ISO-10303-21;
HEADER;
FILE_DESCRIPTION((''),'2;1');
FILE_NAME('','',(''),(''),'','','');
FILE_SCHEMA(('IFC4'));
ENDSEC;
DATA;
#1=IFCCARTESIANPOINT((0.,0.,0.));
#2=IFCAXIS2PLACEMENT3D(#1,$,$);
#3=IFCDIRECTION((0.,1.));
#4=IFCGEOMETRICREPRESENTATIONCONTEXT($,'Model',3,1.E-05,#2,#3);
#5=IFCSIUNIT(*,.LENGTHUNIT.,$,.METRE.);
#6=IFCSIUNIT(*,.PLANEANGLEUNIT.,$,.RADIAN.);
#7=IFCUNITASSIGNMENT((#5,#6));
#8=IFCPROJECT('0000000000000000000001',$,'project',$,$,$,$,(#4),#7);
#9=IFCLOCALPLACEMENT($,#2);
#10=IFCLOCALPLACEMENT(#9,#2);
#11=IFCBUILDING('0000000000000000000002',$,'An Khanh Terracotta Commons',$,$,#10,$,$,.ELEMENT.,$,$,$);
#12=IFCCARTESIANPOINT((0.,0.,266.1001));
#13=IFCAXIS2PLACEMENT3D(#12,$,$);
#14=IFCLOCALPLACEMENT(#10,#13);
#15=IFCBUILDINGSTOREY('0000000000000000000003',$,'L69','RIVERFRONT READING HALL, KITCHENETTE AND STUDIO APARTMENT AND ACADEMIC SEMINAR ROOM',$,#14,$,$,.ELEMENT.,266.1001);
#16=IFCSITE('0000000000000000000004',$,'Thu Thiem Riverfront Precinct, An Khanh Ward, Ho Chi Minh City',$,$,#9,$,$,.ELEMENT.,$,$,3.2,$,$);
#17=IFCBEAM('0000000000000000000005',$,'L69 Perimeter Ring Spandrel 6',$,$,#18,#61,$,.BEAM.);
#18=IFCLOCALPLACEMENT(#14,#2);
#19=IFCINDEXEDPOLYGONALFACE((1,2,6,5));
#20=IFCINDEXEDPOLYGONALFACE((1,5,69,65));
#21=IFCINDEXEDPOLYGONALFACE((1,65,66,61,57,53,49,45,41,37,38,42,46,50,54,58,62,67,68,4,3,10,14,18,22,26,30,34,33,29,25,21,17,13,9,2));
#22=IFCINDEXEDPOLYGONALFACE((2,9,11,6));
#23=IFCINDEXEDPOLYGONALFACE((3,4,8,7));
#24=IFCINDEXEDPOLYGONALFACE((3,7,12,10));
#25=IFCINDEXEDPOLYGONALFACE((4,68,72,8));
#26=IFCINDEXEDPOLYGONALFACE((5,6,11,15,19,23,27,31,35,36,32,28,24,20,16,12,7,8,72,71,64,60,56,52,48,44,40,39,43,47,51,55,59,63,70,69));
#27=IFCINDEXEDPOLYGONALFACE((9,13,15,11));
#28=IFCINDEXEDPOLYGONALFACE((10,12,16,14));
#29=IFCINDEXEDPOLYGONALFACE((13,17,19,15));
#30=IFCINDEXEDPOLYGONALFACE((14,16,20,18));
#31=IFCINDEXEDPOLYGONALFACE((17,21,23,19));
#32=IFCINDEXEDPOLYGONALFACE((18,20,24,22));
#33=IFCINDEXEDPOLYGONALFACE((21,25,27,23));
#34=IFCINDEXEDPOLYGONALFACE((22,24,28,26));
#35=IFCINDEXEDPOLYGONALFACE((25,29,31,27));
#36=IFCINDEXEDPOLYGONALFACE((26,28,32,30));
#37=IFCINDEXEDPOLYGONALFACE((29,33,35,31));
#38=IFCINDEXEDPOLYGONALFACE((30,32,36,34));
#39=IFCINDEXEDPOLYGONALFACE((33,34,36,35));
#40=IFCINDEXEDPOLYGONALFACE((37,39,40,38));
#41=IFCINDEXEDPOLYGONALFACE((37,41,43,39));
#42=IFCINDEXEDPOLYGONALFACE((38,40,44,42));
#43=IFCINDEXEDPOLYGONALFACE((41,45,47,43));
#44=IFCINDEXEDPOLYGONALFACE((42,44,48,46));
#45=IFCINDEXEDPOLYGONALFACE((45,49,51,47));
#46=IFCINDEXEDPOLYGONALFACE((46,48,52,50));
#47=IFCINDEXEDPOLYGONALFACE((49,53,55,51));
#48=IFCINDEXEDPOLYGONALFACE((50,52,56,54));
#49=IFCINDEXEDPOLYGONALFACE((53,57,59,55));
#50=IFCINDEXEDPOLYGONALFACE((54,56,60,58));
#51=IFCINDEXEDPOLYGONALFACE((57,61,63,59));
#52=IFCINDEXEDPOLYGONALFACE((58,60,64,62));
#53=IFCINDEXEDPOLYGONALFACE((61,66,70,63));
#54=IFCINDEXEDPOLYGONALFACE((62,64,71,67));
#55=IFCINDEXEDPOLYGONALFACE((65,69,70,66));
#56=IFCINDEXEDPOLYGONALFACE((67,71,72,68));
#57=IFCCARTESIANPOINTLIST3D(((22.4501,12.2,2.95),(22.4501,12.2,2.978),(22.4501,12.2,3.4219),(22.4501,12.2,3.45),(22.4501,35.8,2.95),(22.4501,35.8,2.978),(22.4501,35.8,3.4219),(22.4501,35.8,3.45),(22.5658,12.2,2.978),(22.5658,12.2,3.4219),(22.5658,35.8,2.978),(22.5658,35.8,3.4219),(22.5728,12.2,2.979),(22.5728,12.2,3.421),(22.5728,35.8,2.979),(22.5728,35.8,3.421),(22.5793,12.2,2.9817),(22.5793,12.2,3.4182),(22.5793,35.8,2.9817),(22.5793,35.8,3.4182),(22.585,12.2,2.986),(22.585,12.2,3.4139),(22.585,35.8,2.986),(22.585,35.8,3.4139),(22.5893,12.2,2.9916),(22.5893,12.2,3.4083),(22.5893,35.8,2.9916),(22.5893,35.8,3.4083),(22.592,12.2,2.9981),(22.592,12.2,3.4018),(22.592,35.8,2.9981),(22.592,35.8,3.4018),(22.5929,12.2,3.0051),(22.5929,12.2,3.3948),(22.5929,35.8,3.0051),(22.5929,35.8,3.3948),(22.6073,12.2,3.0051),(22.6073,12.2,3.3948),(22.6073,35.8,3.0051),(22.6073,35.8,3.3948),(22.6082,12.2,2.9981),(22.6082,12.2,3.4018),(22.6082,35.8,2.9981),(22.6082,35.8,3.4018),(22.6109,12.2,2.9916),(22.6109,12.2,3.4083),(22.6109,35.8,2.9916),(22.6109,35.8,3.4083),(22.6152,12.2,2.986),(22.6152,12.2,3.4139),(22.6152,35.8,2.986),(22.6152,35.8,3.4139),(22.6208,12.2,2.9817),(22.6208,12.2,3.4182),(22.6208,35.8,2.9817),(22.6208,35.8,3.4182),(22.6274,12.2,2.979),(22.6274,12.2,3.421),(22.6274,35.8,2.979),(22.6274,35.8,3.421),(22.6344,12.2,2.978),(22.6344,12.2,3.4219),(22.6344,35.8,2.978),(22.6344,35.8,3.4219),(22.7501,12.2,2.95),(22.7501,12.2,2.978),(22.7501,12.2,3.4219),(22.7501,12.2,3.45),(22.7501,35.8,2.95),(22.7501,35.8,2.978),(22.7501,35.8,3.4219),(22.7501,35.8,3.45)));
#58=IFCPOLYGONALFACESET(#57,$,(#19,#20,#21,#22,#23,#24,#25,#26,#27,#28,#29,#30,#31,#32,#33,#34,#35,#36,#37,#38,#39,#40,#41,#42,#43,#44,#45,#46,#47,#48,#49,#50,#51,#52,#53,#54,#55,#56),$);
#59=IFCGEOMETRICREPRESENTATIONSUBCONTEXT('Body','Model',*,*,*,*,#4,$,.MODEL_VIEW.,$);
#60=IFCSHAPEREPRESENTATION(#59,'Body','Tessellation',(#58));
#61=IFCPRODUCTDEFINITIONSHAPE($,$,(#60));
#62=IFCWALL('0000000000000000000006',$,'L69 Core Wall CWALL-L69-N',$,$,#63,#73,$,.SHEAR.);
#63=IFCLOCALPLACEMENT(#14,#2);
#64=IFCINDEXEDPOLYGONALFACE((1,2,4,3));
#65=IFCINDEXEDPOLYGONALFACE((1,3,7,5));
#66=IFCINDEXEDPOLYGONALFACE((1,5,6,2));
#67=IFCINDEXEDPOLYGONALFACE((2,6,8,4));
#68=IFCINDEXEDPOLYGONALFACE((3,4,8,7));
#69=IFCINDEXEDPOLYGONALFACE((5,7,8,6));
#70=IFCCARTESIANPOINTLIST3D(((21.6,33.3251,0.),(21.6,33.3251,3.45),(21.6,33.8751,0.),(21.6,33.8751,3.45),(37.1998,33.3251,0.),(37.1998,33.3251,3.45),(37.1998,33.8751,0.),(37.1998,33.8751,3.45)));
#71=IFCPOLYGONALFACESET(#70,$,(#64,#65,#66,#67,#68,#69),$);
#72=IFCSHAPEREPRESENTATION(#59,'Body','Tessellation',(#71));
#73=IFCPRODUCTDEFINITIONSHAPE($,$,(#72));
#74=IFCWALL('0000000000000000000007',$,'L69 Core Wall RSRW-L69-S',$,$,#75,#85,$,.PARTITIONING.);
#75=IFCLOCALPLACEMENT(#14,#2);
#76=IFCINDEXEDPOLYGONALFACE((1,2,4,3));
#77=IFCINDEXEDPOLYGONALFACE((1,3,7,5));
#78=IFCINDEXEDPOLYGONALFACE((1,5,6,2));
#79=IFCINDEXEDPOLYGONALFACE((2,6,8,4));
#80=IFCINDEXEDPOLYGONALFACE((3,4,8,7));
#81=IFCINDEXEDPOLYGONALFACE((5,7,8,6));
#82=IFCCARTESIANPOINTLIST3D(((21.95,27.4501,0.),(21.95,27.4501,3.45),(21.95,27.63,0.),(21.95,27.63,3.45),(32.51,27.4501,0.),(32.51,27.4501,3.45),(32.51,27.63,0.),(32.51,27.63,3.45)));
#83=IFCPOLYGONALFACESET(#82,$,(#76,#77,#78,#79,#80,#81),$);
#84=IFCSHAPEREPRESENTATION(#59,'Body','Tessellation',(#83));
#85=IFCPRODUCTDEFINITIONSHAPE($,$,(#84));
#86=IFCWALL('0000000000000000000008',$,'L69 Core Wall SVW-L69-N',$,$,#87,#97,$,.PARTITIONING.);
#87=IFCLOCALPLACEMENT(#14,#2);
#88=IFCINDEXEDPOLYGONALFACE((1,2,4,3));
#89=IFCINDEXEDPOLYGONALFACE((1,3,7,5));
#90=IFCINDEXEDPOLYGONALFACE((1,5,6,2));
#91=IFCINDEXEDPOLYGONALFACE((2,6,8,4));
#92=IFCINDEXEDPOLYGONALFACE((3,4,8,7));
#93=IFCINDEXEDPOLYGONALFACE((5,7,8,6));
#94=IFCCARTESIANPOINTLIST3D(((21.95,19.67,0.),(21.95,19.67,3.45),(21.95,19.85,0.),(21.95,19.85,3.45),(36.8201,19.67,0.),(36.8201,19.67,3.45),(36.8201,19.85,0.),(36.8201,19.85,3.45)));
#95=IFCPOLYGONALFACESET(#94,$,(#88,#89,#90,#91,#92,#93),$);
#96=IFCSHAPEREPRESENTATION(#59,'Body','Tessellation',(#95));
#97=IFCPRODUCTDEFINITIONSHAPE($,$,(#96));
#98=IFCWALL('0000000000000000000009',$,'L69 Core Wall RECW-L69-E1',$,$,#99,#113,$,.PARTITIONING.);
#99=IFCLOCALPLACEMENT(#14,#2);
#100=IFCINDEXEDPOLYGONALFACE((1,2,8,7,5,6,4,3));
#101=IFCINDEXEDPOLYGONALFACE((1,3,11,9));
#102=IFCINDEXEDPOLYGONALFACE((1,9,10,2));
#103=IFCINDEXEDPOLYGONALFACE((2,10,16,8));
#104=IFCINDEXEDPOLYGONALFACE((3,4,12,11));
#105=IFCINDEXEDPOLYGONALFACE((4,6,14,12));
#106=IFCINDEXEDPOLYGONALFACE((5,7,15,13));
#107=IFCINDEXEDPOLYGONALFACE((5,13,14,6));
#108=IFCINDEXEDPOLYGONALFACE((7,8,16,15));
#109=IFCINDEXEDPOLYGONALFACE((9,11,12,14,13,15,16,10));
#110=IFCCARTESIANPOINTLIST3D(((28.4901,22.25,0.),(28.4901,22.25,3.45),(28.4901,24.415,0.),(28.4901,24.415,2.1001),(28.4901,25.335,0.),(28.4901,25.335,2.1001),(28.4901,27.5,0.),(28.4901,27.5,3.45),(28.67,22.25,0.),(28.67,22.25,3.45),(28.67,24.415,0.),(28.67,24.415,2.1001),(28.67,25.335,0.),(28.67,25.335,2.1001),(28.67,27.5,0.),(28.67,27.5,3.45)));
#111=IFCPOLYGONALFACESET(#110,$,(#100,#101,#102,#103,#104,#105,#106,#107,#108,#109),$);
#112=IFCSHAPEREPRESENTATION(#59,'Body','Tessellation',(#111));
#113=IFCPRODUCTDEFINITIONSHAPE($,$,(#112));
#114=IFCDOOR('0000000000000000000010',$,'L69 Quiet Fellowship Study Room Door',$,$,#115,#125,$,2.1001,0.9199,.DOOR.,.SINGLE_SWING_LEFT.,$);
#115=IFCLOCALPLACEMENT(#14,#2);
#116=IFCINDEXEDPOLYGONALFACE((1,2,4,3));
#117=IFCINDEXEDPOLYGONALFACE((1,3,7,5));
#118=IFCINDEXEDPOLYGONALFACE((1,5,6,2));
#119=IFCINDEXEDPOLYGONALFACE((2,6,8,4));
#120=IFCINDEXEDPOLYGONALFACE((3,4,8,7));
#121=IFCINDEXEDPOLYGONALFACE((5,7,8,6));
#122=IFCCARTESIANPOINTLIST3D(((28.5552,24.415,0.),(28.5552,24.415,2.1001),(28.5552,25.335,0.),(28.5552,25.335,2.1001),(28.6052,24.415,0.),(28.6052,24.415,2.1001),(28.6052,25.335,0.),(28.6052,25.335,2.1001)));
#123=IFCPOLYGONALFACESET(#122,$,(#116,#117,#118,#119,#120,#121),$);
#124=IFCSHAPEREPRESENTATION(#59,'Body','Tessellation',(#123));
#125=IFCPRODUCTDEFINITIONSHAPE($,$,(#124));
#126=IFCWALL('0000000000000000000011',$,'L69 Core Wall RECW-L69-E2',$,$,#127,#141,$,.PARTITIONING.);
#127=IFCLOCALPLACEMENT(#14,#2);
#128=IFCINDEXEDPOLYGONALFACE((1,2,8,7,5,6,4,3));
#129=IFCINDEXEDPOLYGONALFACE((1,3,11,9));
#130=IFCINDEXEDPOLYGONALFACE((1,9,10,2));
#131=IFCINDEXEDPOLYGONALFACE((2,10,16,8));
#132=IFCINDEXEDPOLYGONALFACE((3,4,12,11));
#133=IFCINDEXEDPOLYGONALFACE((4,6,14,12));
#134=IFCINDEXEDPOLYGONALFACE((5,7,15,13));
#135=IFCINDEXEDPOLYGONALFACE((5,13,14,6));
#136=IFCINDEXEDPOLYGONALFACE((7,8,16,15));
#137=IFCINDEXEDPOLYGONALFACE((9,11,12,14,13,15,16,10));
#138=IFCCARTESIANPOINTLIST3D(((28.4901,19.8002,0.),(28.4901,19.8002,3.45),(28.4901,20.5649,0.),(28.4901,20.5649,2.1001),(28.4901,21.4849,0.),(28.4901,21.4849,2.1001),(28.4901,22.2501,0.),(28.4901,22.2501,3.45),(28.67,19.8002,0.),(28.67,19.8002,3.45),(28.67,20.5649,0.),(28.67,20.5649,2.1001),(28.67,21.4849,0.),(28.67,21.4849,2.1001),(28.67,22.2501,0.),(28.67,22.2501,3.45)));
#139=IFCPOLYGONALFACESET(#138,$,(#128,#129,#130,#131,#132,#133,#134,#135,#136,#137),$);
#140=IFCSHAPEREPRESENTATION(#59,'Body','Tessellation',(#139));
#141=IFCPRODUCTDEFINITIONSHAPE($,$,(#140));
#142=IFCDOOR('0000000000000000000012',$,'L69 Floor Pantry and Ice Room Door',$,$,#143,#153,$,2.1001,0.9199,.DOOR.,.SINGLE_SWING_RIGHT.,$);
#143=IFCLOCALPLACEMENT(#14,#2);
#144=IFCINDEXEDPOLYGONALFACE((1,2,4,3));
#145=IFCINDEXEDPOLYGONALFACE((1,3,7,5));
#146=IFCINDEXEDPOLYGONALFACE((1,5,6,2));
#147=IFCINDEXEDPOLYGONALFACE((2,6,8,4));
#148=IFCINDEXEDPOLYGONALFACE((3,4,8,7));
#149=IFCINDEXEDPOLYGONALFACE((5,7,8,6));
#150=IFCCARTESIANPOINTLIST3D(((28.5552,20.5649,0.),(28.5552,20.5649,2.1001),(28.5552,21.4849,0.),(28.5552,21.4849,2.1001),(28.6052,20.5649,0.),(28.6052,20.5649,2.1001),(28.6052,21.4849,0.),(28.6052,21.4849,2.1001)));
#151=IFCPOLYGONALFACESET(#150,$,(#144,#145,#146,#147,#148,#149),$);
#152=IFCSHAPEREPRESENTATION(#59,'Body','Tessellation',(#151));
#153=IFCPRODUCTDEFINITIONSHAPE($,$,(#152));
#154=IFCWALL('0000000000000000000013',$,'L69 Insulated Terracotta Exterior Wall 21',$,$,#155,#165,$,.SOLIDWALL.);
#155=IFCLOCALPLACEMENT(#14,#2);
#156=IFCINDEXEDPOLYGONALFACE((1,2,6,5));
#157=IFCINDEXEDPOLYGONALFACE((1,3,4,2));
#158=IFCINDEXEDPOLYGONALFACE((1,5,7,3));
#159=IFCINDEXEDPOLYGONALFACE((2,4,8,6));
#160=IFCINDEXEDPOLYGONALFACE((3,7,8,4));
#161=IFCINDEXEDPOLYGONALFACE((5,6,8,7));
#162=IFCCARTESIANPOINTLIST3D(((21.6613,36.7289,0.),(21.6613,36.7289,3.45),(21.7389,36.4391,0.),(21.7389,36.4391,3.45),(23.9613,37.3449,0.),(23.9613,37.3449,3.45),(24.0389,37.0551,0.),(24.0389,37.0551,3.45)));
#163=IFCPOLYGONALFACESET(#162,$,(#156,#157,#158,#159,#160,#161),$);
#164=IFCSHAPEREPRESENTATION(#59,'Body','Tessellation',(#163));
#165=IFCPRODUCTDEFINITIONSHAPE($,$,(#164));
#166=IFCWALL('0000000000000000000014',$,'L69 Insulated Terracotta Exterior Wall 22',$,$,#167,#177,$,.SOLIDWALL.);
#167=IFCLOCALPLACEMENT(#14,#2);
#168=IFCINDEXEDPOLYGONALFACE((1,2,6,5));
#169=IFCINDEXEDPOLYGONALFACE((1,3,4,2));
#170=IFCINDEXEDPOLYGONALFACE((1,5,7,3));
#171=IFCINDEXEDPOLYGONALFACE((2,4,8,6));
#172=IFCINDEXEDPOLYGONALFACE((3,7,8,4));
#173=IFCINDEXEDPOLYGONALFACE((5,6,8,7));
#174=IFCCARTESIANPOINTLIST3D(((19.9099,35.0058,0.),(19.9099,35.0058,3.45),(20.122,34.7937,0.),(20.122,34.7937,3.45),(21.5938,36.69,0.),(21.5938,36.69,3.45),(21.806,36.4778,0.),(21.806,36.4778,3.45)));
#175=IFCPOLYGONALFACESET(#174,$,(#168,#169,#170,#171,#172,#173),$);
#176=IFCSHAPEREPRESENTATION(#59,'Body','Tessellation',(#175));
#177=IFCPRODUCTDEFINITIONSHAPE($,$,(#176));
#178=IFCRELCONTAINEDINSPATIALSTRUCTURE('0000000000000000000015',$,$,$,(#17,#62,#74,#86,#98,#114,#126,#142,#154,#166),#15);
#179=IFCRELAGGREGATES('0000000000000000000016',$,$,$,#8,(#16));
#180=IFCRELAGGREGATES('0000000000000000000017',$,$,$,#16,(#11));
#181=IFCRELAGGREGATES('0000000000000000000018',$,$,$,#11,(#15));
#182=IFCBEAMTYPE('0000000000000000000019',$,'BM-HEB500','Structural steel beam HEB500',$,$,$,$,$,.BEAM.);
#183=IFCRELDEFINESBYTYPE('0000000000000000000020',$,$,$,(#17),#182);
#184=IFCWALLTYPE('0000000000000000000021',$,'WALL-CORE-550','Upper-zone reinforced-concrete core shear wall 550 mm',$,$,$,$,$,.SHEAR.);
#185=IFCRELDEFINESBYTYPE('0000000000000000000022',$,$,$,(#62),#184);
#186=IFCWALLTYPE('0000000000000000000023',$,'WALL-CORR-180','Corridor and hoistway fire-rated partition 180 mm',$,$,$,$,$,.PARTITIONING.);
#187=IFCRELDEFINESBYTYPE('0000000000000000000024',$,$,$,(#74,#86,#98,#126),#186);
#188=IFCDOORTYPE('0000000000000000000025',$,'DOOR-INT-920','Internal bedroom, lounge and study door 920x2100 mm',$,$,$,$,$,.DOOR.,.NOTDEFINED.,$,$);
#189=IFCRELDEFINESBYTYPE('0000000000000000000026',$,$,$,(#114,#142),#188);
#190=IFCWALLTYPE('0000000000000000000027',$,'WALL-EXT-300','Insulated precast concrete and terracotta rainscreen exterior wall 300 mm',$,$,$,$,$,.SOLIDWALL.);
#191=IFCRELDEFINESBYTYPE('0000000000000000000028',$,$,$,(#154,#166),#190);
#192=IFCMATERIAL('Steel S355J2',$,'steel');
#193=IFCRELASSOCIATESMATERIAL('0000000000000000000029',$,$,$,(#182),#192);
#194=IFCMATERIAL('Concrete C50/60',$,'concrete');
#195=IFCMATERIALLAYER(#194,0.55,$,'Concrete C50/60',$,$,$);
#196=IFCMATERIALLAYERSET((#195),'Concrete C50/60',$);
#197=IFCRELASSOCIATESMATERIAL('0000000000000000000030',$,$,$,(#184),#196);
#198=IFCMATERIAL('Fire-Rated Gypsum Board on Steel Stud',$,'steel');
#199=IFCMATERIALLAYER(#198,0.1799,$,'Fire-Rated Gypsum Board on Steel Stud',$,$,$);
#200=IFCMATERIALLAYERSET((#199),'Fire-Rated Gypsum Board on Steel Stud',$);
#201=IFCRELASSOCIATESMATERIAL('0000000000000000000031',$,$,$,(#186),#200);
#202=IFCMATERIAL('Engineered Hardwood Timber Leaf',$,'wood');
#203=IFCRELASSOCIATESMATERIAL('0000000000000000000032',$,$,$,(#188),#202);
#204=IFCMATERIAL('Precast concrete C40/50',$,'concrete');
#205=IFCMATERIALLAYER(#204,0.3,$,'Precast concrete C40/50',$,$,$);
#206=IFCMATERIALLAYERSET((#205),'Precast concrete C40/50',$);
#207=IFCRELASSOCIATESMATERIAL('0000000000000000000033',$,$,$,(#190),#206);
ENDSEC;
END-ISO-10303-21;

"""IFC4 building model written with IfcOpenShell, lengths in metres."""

from ifc_helpers import new_model, si_unit, direction, frame, frame_2d, origin, origin_2d, place, context, subcontext, project, spatial, rectangle, i_section, extrude, material, layer, layer_set, material_profile, profile_set, type_object, element, fill, save


model = new_model("IFC4")

# Units and contexts
model_context = context("Model", 3, precision=1e-05, world=origin(), true_north=direction((0.0, 1.0)))
body_context = subcontext(model_context, "Body", "Model", "MODEL_VIEW")
ifc_project = project(units=[si_unit("LENGTHUNIT", "METRE"), si_unit("PLANEANGLEUNIT", "RADIAN")], contexts=[model_context])

# Site, building, storey
site_placement = place(None, origin())
site = spatial("IfcSite", under=ifc_project, at=site_placement, Name="Thu Thiem Riverfront Precinct, An Khanh Ward, Ho Chi Minh City", CompositionType="ELEMENT", RefElevation=3.2)
building_placement = place(site_placement, origin())
building = spatial("IfcBuilding", under=site, at=building_placement, Name="An Khanh Terracotta Commons", CompositionType="ELEMENT")
storey_placement = place(building_placement, frame((0.0, 0.0, 266.1001)))
storey = spatial("IfcBuildingStorey", under=building, at=storey_placement, Name="L69", Description="RIVERFRONT READING HALL, KITCHENETTE AND STUDIO APARTMENT AND ACADEMIC SEMINAR ROOM", CompositionType="ELEMENT", Elevation=266.1001)

# Shared definitions
ifc_material_1 = material(Name="Concrete C50/60", Category="concrete")

# Beam
ifc_material_2 = material(Name="Steel S355J2", Category="steel")
ifc_material_profile_1 = material_profile(ifc_material_2, i_section(OverallWidth=0.3, OverallDepth=0.5, WebThickness=0.0144, FlangeThickness=0.0281, FilletRadius=0.0271, at=origin_2d()), Name="HEB500")
ifc_profile_set_1 = profile_set([ifc_material_profile_1], Name="Steel S355J2")
beam_type_1 = type_object("IfcBeamType", Name="BM-HEB500", Description="Structural steel beam HEB500", PredefinedType="BEAM", material=ifc_profile_set_1)
beam_1_placement = place(storey_placement, frame((22.6001, 35.8, 3.2), z_axis=(0.0, -1.0, 0.0), x_axis=(1.0, 0.0, 0.0)))
element("IfcBeam", 1, at=beam_1_placement, inside=storey, type_object=beam_type_1, Name="L69 Perimeter Ring Spandrel 6", PredefinedType="BEAM", context=body_context, shape_type="SweptSolid", body=[
    extrude(i_section(OverallWidth=0.3, OverallDepth=0.5, WebThickness=0.0144, FlangeThickness=0.0281, FilletRadius=0.0271, at=origin_2d()), origin(), (0.0, 0.0, 1.0), 23.6001),
])

# Walls
ifc_layer_1 = layer(ifc_material_1, 0.55, Name="Concrete C50/60")
ifc_layer_set_1 = layer_set([ifc_layer_1], Name="Concrete C50/60")
wall_type_1 = type_object("IfcWallType", Name="WALL-CORE-550", Description="Upper-zone reinforced-concrete core shear wall 550 mm", PredefinedType="SHEAR", material=ifc_layer_set_1)
wall_1_placement = place(storey_placement, frame((21.6001, 33.6001, 0.0), z_axis=(0.0, 0.0, 1.0), x_axis=(1.0, 0.0, 0.0)))
element("IfcWall", 2, at=wall_1_placement, inside=storey, type_object=wall_type_1, Name="L69 Core Wall CWALL-L69-N", PredefinedType="SHEAR", context=body_context, shape_type="SweptSolid", body=[
    extrude(rectangle(XDim=15.5999, YDim=0.55, at=frame_2d((7.7998, 0.0))), origin(), (0.0, 0.0, 1.0), 3.45),
])
ifc_material_3 = material(Name="Fire-Rated Gypsum Board on Steel Stud", Category="steel")
ifc_layer_2 = layer(ifc_material_3, 0.1799, Name="Fire-Rated Gypsum Board on Steel Stud")
ifc_layer_set_2 = layer_set([ifc_layer_2], Name="Fire-Rated Gypsum Board on Steel Stud")
wall_type_2 = type_object("IfcWallType", Name="WALL-CORR-180", Description="Corridor and hoistway fire-rated partition 180 mm", PredefinedType="PARTITIONING", material=ifc_layer_set_2)
wall_2_placement = place(storey_placement, frame((21.95, 27.54, 0.0), z_axis=(0.0, 0.0, 1.0), x_axis=(1.0, 0.0, 0.0)))
element("IfcWall", 3, at=wall_2_placement, inside=storey, type_object=wall_type_2, Name="L69 Core Wall RSRW-L69-S", PredefinedType="PARTITIONING", context=body_context, shape_type="SweptSolid", body=[
    extrude(rectangle(XDim=10.5601, YDim=0.1799, at=frame_2d((5.28, 0.0))), origin(), (0.0, 0.0, 1.0), 3.45),
])
wall_3_placement = place(storey_placement, frame((21.95, 19.76, 0.0), z_axis=(0.0, 0.0, 1.0), x_axis=(1.0, 0.0, 0.0)))
element("IfcWall", 4, at=wall_3_placement, inside=storey, type_object=wall_type_2, Name="L69 Core Wall SVW-L69-N", PredefinedType="PARTITIONING", context=body_context, shape_type="SweptSolid", body=[
    extrude(rectangle(XDim=14.8701, YDim=0.1799, at=frame_2d((7.4351, 0.0))), origin(), (0.0, 0.0, 1.0), 3.45),
])

# Walls, openings, doors
wall_4_placement = place(storey_placement, frame((28.5801, 22.25, 0.0), z_axis=(0.0, 0.0, 1.0), x_axis=(0.0, 1.0, 0.0)))
wall_4 = element("IfcWall", 5, at=wall_4_placement, inside=storey, type_object=wall_type_2, Name="L69 Core Wall RECW-L69-E1", PredefinedType="PARTITIONING", context=body_context, shape_type="SweptSolid", body=[
    extrude(rectangle(XDim=5.25, YDim=0.1799, at=frame_2d((2.625, 0.0))), origin(), (0.0, 0.0, 1.0), 3.45),
])
opening_1_placement = place(wall_4_placement, frame((2.165, 0.0, 0.0)))
opening_1 = element("IfcOpeningElement", 6, at=opening_1_placement, cuts=wall_4, PredefinedType="OPENING", context=body_context, shape_type="SweptSolid", body=[
    extrude(rectangle(XDim=0.9199, YDim=2.1001, at=frame_2d((0.46, 1.05))), frame((0.0, 0.0999, 0.0), z_axis=(0.0, -1.0, 0.0), x_axis=(1.0, 0.0, 0.0)), (0.0, 0.0, 1.0), 0.2),
])
ifc_material_4 = material(Name="Engineered Hardwood Timber Leaf", Category="wood")
door_type = type_object("IfcDoorType", Name="DOOR-INT-920", Description="Internal bedroom, lounge and study door 920x2100 mm", OperationType="NOTDEFINED", PredefinedType="DOOR", material=ifc_material_4)
door_1_placement = place(opening_1_placement, origin())
door_1 = element("IfcDoor", 7, at=door_1_placement, inside=storey, type_object=door_type, Name="L69 Quiet Fellowship Study Room Door", OperationType="SINGLE_SWING_LEFT", OverallHeight=2.1001, OverallWidth=0.9199, PredefinedType="DOOR", context=body_context, shape_type="SweptSolid", body=[
    extrude(rectangle(XDim=0.9199, YDim=2.1001, at=frame_2d((0.46, 1.05))), frame((0.0, 0.0249, 0.0), z_axis=(0.0, -1.0, 0.0), x_axis=(1.0, 0.0, 0.0)), (0.0, 0.0, 1.0), 0.05),
])
fill(opening_1, door_1)
wall_5_placement = place(storey_placement, frame((28.5801, 19.8, 0.0), z_axis=(0.0, 0.0, 1.0), x_axis=(0.0, 1.0, 0.0)))
wall_5 = element("IfcWall", 8, at=wall_5_placement, inside=storey, type_object=wall_type_2, Name="L69 Core Wall RECW-L69-E2", PredefinedType="PARTITIONING", context=body_context, shape_type="SweptSolid", body=[
    extrude(rectangle(XDim=2.45, YDim=0.1799, at=frame_2d((1.2251, 0.0))), origin(), (0.0, 0.0, 1.0), 3.45),
])
opening_2_placement = place(wall_5_placement, frame((0.7649, 0.0, 0.0)))
opening_2 = element("IfcOpeningElement", 9, at=opening_2_placement, cuts=wall_5, PredefinedType="OPENING", context=body_context, shape_type="SweptSolid", body=[
    extrude(rectangle(XDim=0.9199, YDim=2.1001, at=frame_2d((0.46, 1.05))), frame((0.0, 0.0999, 0.0), z_axis=(0.0, -1.0, 0.0), x_axis=(1.0, 0.0, 0.0)), (0.0, 0.0, 1.0), 0.2),
])
door_2_placement = place(opening_2_placement, origin())
door_2 = element("IfcDoor", 10, at=door_2_placement, inside=storey, type_object=door_type, Name="L69 Floor Pantry and Ice Room Door", OperationType="SINGLE_SWING_RIGHT", OverallHeight=2.1001, OverallWidth=0.9199, PredefinedType="DOOR", context=body_context, shape_type="SweptSolid", body=[
    extrude(rectangle(XDim=0.9199, YDim=2.1001, at=frame_2d((0.46, 1.05))), frame((0.0, 0.0249, 0.0), z_axis=(0.0, -1.0, 0.0), x_axis=(1.0, 0.0, 0.0)), (0.0, 0.0, 1.0), 0.05),
])
fill(opening_2, door_2)

# Walls
ifc_material_5 = material(Name="Precast concrete C40/50", Category="concrete")
ifc_layer_3 = layer(ifc_material_5, 0.3, Name="Precast concrete C40/50")
ifc_layer_set_3 = layer_set([ifc_layer_3], Name="Precast concrete C40/50")
wall_type_3 = type_object("IfcWallType", Name="WALL-EXT-300", Description="Insulated precast concrete and terracotta rainscreen exterior wall 300 mm", PredefinedType="SOLIDWALL", material=ifc_layer_set_3)
wall_6_placement = place(storey_placement, frame((24.0, 37.2, 0.0), z_axis=(0.0, 0.0, 1.0), x_axis=(-0.96596, -0.25869, 0.0)))
element("IfcWall", 11, at=wall_6_placement, inside=storey, type_object=wall_type_3, Name="L69 Insulated Terracotta Exterior Wall 21", PredefinedType="SOLIDWALL", context=body_context, shape_type="SweptSolid", body=[
    extrude(rectangle(XDim=2.3811, YDim=0.3, at=frame_2d((1.1904, 0.0))), origin(), (0.0, 0.0, 1.0), 3.45),
])
wall_7_placement = place(storey_placement, frame((21.7, 36.584, 0.0), z_axis=(0.0, 0.0, 1.0), x_axis=(-0.707056, -0.707158, 0.0)))
element("IfcWall", 12, at=wall_7_placement, inside=storey, type_object=wall_type_3, Name="L69 Insulated Terracotta Exterior Wall 22", PredefinedType="SOLIDWALL", context=body_context, shape_type="SweptSolid", body=[
    extrude(rectangle(XDim=2.3816, YDim=0.3, at=frame_2d((1.1909, 0.0))), origin(), (0.0, 0.0, 1.0), 3.45),
])

save(model, "model.ifc")
